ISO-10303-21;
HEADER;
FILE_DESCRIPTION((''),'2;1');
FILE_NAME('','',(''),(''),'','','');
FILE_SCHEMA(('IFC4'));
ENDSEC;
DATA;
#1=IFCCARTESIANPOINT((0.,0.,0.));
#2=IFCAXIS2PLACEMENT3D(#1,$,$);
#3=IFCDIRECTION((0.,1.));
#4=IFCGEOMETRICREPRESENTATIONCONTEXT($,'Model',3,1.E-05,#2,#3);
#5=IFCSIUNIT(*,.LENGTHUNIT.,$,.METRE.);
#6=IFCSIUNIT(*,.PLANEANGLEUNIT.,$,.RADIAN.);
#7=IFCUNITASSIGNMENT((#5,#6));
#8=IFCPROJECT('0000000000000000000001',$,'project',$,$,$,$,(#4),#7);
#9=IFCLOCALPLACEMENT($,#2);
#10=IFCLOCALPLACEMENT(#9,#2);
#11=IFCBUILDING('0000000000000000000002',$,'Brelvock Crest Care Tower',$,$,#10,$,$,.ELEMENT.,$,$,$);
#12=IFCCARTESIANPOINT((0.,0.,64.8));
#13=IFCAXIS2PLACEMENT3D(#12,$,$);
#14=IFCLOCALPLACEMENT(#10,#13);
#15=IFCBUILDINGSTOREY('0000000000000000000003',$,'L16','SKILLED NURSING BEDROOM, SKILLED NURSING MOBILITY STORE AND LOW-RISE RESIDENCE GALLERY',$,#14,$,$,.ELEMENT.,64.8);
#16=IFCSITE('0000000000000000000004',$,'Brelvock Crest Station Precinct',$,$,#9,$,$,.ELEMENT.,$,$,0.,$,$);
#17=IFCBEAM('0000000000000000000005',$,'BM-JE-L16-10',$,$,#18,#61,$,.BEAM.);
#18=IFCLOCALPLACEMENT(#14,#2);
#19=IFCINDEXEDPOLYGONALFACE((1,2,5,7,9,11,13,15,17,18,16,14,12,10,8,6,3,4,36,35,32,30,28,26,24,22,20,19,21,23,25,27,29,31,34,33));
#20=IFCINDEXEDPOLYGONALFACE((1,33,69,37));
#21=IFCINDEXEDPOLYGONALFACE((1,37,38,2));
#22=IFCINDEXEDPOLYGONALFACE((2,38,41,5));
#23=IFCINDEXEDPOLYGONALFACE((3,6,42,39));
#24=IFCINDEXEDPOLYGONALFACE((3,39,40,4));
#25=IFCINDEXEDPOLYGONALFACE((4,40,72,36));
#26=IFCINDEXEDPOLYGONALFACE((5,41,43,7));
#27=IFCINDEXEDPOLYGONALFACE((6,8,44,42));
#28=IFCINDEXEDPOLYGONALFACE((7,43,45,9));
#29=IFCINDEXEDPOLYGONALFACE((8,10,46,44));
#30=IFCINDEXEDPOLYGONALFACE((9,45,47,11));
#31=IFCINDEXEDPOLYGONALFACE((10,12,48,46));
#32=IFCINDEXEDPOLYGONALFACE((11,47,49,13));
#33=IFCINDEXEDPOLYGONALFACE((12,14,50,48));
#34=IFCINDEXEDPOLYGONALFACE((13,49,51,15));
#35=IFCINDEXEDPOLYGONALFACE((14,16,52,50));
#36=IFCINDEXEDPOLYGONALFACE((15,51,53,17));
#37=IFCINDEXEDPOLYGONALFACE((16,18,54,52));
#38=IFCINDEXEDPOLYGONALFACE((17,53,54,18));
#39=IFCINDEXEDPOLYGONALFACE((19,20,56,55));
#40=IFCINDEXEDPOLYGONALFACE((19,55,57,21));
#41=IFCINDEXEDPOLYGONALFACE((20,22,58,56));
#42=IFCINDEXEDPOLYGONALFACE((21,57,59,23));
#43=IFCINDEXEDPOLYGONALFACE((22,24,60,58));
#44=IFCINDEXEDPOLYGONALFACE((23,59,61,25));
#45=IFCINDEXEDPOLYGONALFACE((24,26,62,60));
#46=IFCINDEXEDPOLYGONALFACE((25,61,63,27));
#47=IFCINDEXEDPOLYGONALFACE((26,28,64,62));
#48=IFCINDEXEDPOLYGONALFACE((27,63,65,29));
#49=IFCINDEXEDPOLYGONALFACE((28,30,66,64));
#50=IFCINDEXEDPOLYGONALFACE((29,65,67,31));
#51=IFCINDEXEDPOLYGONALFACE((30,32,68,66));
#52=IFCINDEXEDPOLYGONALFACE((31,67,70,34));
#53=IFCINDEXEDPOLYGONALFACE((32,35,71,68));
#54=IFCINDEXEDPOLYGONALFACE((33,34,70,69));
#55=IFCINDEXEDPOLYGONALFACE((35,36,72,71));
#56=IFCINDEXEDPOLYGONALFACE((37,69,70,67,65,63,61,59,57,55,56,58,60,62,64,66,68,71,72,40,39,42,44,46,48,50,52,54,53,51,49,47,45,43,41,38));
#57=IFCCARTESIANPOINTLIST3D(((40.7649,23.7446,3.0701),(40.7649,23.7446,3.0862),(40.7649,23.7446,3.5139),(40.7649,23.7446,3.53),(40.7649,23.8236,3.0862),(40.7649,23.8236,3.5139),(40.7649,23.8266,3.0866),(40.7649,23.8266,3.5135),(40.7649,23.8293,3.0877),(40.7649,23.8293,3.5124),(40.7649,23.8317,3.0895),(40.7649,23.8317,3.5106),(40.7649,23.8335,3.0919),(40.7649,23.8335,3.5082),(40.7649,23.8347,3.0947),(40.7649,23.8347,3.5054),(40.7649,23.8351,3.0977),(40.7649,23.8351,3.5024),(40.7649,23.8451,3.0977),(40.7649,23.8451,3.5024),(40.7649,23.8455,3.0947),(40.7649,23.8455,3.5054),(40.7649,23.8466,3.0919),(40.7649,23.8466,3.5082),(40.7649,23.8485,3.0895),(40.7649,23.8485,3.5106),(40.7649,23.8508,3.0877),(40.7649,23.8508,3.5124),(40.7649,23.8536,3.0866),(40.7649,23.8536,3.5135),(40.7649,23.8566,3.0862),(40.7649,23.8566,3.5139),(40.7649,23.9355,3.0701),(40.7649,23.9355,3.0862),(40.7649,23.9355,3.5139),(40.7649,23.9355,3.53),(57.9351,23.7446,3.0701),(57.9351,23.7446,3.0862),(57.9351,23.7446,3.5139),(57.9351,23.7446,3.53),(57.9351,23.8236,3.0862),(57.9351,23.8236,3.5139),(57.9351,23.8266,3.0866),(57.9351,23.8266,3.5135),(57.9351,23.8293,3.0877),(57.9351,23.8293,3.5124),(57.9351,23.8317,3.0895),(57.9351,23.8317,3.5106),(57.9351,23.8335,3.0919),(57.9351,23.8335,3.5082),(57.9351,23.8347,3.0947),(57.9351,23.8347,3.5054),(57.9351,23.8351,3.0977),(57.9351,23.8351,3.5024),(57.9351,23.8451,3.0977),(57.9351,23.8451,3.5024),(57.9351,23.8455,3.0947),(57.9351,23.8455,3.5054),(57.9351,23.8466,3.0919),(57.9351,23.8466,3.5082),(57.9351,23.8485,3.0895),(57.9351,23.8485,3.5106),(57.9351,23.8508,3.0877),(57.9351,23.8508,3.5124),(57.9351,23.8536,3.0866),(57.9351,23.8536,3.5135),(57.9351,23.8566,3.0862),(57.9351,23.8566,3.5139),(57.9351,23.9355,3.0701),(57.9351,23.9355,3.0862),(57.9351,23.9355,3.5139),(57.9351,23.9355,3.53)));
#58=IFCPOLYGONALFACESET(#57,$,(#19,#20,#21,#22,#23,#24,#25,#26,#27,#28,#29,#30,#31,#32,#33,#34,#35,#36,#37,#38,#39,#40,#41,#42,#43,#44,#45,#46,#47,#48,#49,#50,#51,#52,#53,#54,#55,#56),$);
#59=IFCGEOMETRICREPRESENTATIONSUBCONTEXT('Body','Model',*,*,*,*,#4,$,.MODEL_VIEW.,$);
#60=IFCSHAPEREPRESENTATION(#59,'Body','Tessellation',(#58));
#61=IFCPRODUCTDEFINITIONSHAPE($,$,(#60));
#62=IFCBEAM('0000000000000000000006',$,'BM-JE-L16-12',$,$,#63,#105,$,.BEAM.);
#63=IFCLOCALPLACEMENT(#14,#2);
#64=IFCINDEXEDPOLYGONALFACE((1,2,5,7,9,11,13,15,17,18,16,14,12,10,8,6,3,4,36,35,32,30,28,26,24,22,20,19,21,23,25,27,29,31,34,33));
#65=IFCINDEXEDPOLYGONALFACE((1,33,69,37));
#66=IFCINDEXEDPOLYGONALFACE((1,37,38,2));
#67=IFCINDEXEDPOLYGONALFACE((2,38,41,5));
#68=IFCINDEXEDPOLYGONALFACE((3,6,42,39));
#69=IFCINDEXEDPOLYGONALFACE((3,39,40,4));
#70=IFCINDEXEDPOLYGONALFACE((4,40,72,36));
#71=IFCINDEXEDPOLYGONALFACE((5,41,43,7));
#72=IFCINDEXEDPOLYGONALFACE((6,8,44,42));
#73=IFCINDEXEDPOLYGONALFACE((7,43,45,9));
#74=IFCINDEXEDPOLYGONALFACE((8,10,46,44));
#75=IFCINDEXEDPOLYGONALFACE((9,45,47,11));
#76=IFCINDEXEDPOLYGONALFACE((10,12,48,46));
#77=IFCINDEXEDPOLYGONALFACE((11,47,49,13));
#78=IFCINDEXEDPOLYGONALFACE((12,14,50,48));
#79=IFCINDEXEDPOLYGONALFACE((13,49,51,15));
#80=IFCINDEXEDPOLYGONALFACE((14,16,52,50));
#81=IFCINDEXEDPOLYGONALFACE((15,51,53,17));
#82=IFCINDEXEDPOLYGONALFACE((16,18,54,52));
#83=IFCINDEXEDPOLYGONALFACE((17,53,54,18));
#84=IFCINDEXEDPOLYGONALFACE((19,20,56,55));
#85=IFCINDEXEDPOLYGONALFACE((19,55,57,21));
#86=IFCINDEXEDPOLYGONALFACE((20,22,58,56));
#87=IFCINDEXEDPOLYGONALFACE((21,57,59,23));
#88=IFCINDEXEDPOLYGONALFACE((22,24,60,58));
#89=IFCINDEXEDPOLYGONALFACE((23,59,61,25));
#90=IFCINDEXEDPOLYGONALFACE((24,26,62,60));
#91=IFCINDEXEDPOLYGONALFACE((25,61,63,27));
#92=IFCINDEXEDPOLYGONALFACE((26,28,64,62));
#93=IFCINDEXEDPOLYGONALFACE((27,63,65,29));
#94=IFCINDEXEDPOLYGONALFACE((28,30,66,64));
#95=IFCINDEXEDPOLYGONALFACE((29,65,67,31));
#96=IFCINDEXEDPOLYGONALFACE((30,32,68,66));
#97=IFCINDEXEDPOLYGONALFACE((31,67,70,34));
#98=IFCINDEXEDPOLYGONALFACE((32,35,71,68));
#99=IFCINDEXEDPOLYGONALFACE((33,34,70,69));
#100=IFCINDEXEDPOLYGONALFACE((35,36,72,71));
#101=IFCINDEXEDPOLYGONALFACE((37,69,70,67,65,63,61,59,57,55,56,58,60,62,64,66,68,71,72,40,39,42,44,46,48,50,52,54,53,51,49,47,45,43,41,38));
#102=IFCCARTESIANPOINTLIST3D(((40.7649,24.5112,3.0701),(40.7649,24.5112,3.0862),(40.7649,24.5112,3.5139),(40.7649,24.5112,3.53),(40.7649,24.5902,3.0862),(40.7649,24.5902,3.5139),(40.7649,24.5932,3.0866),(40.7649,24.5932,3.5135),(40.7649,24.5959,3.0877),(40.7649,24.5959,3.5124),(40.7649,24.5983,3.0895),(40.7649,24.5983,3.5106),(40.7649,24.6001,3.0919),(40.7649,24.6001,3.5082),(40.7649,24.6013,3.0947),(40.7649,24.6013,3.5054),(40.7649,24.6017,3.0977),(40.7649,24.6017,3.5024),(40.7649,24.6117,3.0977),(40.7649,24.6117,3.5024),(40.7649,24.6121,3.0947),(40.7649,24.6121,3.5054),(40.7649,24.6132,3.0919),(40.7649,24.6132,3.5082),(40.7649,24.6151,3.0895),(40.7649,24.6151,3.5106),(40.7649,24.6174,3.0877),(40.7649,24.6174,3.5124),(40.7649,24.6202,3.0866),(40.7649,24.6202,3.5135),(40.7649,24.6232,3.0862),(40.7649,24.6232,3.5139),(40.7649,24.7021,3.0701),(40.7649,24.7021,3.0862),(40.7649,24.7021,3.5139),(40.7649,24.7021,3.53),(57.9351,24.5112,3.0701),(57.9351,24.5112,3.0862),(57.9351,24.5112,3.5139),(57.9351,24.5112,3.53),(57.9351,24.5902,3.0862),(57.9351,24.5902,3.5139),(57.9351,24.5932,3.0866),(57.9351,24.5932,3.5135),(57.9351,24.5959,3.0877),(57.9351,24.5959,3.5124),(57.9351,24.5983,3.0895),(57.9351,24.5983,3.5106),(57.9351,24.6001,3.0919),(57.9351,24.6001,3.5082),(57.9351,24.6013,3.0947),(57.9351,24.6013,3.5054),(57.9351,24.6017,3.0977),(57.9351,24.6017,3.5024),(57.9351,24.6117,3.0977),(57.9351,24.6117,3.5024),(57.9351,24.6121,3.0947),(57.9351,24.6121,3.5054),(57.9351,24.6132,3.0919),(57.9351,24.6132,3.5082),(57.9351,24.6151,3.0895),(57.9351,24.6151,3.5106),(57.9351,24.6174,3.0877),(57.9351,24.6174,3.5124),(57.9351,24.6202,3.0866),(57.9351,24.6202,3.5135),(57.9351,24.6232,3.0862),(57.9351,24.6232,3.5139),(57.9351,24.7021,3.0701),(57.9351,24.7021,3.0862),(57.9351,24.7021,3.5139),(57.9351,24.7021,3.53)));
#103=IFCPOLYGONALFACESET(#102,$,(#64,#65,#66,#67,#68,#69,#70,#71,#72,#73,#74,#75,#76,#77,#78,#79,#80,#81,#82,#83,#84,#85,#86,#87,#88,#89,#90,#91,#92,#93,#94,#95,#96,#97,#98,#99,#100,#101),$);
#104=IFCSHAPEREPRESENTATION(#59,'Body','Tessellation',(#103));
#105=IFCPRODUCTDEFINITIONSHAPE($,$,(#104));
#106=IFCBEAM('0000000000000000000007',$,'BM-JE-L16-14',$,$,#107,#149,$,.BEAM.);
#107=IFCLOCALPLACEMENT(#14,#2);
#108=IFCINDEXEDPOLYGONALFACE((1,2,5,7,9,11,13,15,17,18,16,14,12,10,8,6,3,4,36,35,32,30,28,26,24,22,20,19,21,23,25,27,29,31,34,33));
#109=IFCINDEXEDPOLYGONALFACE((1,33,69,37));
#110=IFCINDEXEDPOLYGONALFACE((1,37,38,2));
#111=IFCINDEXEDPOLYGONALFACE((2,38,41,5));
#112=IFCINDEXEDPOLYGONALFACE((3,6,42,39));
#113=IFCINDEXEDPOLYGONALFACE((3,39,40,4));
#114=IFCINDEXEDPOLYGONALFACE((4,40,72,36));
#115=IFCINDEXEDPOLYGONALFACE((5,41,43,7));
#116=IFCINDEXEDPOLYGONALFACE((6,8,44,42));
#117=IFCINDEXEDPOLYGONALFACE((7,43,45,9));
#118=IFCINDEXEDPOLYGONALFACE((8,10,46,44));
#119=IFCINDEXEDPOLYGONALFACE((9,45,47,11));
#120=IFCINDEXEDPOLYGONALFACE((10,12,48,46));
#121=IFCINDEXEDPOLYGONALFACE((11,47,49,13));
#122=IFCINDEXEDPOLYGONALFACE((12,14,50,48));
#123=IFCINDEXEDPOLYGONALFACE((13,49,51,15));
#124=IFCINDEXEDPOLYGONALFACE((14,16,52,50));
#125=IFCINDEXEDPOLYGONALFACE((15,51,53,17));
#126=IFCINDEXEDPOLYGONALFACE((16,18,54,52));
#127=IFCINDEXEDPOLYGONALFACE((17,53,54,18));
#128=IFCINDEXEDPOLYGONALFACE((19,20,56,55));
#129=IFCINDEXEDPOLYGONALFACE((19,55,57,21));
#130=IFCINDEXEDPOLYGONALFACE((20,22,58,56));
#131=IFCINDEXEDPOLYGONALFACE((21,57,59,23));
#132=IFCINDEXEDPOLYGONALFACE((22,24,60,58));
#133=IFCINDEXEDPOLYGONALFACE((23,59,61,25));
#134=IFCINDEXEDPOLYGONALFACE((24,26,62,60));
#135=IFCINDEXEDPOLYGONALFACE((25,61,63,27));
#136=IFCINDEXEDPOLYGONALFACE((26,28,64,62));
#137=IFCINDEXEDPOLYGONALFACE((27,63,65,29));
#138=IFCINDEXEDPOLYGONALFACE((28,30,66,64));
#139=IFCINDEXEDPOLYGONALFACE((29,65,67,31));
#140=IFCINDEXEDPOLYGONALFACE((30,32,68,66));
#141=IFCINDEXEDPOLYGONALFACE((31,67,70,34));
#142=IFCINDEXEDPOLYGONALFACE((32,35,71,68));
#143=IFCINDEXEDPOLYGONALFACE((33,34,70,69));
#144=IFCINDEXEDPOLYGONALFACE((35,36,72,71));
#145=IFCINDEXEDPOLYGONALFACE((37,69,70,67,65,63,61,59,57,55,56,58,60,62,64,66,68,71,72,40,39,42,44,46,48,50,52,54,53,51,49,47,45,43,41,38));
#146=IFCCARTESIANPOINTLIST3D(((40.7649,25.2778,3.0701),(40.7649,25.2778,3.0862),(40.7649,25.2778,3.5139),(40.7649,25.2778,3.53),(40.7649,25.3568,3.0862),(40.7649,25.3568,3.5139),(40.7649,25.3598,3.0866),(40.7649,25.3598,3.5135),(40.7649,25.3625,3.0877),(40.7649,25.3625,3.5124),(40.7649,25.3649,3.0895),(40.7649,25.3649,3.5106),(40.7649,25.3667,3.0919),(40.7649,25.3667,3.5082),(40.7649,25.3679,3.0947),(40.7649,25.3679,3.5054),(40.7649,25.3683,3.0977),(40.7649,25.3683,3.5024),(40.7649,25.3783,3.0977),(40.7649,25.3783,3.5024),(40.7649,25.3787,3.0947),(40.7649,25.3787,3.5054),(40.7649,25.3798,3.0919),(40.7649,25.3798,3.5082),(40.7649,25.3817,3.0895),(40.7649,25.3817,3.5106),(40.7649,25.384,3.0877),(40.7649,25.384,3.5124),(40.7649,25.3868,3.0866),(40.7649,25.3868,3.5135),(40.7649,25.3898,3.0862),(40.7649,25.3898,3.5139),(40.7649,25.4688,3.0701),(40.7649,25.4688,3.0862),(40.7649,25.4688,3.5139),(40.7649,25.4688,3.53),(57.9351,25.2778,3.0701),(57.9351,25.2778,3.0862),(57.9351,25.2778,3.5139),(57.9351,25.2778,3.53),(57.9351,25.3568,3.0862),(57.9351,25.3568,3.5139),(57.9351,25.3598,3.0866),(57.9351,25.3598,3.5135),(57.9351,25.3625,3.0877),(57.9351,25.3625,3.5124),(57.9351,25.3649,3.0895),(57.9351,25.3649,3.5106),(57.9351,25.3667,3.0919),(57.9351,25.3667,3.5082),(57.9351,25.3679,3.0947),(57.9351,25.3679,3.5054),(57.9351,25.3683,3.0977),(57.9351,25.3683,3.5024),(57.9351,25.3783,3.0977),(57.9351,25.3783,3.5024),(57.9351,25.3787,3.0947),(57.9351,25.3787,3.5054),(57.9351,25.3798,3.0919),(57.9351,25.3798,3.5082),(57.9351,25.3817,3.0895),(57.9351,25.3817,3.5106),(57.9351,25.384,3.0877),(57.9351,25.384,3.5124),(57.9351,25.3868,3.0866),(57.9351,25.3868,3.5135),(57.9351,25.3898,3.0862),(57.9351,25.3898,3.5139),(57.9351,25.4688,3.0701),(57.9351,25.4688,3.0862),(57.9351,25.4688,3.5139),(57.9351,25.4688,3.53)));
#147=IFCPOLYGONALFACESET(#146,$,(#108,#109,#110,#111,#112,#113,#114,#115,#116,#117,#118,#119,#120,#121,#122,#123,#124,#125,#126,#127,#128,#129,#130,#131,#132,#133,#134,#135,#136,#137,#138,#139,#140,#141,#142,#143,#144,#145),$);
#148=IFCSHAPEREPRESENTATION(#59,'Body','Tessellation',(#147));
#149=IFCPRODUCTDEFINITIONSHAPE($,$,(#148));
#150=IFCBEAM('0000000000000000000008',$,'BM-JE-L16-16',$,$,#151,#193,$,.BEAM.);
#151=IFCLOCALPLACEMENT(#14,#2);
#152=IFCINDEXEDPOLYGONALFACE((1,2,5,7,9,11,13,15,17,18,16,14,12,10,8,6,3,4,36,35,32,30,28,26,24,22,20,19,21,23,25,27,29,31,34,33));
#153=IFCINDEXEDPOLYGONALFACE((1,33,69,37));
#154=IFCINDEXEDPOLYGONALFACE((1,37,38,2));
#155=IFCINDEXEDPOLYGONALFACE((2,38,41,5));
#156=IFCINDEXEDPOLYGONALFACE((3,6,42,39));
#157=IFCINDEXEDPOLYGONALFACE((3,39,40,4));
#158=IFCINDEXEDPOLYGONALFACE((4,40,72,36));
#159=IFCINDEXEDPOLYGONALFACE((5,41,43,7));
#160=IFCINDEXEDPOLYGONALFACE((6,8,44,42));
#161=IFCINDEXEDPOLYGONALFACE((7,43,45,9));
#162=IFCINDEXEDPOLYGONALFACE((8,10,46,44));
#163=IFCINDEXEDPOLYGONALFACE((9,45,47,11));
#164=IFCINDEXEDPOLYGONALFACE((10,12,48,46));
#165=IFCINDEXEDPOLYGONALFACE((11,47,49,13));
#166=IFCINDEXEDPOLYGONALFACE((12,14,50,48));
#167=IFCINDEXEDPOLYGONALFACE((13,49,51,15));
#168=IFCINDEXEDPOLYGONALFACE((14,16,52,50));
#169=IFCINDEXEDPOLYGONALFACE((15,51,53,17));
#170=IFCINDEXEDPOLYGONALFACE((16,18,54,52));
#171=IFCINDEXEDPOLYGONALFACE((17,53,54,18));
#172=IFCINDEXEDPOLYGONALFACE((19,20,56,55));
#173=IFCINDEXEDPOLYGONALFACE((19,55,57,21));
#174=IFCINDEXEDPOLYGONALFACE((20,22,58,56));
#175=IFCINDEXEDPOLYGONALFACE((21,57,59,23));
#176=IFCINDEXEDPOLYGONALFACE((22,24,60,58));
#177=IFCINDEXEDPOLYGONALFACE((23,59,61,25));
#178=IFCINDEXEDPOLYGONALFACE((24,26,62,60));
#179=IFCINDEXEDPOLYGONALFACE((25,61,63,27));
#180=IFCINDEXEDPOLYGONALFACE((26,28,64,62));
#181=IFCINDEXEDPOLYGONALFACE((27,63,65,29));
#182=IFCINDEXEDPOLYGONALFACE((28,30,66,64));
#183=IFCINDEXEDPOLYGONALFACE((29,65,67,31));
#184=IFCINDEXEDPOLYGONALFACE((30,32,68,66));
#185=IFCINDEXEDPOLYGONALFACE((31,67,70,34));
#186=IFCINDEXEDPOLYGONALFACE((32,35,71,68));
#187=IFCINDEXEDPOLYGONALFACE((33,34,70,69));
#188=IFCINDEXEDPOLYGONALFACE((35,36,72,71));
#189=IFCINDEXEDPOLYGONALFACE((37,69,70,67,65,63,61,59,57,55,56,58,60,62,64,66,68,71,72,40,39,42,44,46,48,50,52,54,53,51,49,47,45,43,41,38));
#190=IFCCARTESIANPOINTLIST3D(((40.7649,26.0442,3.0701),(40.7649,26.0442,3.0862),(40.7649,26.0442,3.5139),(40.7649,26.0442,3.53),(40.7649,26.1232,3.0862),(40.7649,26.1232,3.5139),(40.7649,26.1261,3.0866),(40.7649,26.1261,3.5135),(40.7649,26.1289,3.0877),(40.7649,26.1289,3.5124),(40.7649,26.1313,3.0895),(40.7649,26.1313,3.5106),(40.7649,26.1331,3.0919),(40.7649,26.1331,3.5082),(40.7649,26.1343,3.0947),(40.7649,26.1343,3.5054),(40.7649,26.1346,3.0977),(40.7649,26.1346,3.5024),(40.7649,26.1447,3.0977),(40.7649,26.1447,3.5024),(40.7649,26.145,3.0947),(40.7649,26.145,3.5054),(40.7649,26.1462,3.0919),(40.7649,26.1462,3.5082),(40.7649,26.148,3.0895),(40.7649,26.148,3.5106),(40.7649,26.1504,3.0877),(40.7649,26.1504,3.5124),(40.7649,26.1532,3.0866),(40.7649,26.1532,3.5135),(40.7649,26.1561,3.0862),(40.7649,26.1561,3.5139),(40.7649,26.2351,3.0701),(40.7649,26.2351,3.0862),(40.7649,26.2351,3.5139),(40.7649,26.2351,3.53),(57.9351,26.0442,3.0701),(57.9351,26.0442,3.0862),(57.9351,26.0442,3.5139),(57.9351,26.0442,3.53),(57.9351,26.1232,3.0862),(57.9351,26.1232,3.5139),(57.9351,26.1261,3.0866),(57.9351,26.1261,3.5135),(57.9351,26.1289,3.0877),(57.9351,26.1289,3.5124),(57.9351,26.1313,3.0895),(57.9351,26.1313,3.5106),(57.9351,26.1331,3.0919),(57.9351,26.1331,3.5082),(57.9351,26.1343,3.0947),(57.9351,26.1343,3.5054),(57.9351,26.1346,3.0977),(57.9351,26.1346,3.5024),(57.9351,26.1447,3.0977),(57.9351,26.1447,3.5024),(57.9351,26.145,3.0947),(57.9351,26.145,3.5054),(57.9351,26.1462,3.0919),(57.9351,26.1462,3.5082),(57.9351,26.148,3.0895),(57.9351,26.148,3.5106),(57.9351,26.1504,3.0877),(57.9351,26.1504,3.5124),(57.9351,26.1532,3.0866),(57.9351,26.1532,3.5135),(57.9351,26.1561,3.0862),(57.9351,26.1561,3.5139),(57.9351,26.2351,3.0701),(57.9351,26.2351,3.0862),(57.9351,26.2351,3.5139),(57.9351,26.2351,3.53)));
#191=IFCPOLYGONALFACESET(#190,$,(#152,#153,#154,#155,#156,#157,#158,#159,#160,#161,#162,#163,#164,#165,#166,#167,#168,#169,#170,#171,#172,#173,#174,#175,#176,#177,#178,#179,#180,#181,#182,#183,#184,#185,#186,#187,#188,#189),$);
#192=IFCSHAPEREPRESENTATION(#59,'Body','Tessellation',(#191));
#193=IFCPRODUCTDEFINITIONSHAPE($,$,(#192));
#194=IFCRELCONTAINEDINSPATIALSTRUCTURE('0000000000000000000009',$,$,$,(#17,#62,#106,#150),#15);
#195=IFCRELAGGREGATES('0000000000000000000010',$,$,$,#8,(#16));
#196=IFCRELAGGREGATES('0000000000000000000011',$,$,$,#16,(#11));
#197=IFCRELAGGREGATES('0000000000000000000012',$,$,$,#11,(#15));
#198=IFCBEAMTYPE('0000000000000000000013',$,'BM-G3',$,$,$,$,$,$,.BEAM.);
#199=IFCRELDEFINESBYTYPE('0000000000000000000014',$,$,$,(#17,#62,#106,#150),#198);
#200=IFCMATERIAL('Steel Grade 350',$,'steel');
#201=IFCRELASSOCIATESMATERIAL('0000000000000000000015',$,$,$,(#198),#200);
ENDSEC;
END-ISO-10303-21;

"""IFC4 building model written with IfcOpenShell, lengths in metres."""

from ifc_helpers import new_model, si_unit, direction, frame, origin, origin_2d, place, context, subcontext, project, spatial, i_section, extrude, source, transform, mapped, material, material_profile, profile_set, type_object, element, save


model = new_model("IFC4")

# Units and contexts
model_context = context("Model", 3, precision=1e-05, world=origin(), true_north=direction((0.0, 1.0)))
body_context = subcontext(model_context, "Body", "Model", "MODEL_VIEW")
ifc_project = project(units=[si_unit("LENGTHUNIT", "METRE"), si_unit("PLANEANGLEUNIT", "RADIAN")], contexts=[model_context])

# Site, building, storey
site_placement = place(None, origin())
site = spatial("IfcSite", under=ifc_project, at=site_placement, Name="Brelvock Crest Station Precinct", CompositionType="ELEMENT", RefElevation=0.0)
building_placement = place(site_placement, origin())
building = spatial("IfcBuilding", under=site, at=building_placement, Name="Brelvock Crest Care Tower", CompositionType="ELEMENT")
storey_placement = place(building_placement, frame((0.0, 0.0, 64.8)))
storey = spatial("IfcBuildingStorey", under=building, at=storey_placement, Name="L16", Description="SKILLED NURSING BEDROOM, SKILLED NURSING MOBILITY STORE AND LOW-RISE RESIDENCE GALLERY", CompositionType="ELEMENT", Elevation=64.8)

# Beams
ifc_material_1 = material(Name="Steel Grade 350", Category="steel")
ifc_material_profile_1 = material_profile(ifc_material_1, i_section(OverallWidth=0.1909, OverallDepth=0.46, WebThickness=0.01, FlangeThickness=0.0161, FilletRadius=0.0115, at=origin_2d()), Name="460UB82.1")
ifc_profile_set_1 = profile_set([ifc_material_profile_1], Name="Steel Grade 350")
beam_type_1 = type_object("IfcBeamType", Name="BM-G3", PredefinedType="BEAM", material=ifc_profile_set_1)
shared_shape_1 = source(origin(), body_context, "Body", "SweptSolid", [
    extrude(i_section(OverallWidth=0.1909, OverallDepth=0.46, WebThickness=0.01, FlangeThickness=0.0161, FilletRadius=0.0115, at=origin_2d()), origin(), (0.0, 0.0, 1.0), 17.1702),
])
for number, where, z_axis, x_axis, name in (
    (1, (40.7649, 23.8401, 3.3), (1.0, 0.0, 0.0), (0.0, 1.0, 0.0), "BM-JE-L16-10"),
    (2, (40.7649, 24.6067, 3.3), (1.0, 0.0, 0.0), (0.0, 1.0, 0.0), "BM-JE-L16-12"),
    (3, (40.7649, 25.3733, 3.3), (1.0, 0.0, 0.0), (0.0, 1.0, 0.0), "BM-JE-L16-14"),
    (4, (40.7649, 26.1396, 3.3), (1.0, 0.0, 0.0), (0.0, 1.0, 0.0), "BM-JE-L16-16"),
):
    element("IfcBeam", number, at=place(storey_placement, frame(where, z_axis=z_axis, x_axis=x_axis)), inside=storey, type_object=beam_type_1, Name=name, PredefinedType="BEAM", context=body_context, shape_type="MappedRepresentation", body=[
        mapped(shared_shape_1, transform((0.0, 0.0, 0.0), x_axis=(1.0, 0.0, 0.0), y_axis=(0.0, 1.0, 0.0), z_axis=(0.0, 0.0, 1.0), scale=1.0)),
    ])

save(model, "model.ifc")
